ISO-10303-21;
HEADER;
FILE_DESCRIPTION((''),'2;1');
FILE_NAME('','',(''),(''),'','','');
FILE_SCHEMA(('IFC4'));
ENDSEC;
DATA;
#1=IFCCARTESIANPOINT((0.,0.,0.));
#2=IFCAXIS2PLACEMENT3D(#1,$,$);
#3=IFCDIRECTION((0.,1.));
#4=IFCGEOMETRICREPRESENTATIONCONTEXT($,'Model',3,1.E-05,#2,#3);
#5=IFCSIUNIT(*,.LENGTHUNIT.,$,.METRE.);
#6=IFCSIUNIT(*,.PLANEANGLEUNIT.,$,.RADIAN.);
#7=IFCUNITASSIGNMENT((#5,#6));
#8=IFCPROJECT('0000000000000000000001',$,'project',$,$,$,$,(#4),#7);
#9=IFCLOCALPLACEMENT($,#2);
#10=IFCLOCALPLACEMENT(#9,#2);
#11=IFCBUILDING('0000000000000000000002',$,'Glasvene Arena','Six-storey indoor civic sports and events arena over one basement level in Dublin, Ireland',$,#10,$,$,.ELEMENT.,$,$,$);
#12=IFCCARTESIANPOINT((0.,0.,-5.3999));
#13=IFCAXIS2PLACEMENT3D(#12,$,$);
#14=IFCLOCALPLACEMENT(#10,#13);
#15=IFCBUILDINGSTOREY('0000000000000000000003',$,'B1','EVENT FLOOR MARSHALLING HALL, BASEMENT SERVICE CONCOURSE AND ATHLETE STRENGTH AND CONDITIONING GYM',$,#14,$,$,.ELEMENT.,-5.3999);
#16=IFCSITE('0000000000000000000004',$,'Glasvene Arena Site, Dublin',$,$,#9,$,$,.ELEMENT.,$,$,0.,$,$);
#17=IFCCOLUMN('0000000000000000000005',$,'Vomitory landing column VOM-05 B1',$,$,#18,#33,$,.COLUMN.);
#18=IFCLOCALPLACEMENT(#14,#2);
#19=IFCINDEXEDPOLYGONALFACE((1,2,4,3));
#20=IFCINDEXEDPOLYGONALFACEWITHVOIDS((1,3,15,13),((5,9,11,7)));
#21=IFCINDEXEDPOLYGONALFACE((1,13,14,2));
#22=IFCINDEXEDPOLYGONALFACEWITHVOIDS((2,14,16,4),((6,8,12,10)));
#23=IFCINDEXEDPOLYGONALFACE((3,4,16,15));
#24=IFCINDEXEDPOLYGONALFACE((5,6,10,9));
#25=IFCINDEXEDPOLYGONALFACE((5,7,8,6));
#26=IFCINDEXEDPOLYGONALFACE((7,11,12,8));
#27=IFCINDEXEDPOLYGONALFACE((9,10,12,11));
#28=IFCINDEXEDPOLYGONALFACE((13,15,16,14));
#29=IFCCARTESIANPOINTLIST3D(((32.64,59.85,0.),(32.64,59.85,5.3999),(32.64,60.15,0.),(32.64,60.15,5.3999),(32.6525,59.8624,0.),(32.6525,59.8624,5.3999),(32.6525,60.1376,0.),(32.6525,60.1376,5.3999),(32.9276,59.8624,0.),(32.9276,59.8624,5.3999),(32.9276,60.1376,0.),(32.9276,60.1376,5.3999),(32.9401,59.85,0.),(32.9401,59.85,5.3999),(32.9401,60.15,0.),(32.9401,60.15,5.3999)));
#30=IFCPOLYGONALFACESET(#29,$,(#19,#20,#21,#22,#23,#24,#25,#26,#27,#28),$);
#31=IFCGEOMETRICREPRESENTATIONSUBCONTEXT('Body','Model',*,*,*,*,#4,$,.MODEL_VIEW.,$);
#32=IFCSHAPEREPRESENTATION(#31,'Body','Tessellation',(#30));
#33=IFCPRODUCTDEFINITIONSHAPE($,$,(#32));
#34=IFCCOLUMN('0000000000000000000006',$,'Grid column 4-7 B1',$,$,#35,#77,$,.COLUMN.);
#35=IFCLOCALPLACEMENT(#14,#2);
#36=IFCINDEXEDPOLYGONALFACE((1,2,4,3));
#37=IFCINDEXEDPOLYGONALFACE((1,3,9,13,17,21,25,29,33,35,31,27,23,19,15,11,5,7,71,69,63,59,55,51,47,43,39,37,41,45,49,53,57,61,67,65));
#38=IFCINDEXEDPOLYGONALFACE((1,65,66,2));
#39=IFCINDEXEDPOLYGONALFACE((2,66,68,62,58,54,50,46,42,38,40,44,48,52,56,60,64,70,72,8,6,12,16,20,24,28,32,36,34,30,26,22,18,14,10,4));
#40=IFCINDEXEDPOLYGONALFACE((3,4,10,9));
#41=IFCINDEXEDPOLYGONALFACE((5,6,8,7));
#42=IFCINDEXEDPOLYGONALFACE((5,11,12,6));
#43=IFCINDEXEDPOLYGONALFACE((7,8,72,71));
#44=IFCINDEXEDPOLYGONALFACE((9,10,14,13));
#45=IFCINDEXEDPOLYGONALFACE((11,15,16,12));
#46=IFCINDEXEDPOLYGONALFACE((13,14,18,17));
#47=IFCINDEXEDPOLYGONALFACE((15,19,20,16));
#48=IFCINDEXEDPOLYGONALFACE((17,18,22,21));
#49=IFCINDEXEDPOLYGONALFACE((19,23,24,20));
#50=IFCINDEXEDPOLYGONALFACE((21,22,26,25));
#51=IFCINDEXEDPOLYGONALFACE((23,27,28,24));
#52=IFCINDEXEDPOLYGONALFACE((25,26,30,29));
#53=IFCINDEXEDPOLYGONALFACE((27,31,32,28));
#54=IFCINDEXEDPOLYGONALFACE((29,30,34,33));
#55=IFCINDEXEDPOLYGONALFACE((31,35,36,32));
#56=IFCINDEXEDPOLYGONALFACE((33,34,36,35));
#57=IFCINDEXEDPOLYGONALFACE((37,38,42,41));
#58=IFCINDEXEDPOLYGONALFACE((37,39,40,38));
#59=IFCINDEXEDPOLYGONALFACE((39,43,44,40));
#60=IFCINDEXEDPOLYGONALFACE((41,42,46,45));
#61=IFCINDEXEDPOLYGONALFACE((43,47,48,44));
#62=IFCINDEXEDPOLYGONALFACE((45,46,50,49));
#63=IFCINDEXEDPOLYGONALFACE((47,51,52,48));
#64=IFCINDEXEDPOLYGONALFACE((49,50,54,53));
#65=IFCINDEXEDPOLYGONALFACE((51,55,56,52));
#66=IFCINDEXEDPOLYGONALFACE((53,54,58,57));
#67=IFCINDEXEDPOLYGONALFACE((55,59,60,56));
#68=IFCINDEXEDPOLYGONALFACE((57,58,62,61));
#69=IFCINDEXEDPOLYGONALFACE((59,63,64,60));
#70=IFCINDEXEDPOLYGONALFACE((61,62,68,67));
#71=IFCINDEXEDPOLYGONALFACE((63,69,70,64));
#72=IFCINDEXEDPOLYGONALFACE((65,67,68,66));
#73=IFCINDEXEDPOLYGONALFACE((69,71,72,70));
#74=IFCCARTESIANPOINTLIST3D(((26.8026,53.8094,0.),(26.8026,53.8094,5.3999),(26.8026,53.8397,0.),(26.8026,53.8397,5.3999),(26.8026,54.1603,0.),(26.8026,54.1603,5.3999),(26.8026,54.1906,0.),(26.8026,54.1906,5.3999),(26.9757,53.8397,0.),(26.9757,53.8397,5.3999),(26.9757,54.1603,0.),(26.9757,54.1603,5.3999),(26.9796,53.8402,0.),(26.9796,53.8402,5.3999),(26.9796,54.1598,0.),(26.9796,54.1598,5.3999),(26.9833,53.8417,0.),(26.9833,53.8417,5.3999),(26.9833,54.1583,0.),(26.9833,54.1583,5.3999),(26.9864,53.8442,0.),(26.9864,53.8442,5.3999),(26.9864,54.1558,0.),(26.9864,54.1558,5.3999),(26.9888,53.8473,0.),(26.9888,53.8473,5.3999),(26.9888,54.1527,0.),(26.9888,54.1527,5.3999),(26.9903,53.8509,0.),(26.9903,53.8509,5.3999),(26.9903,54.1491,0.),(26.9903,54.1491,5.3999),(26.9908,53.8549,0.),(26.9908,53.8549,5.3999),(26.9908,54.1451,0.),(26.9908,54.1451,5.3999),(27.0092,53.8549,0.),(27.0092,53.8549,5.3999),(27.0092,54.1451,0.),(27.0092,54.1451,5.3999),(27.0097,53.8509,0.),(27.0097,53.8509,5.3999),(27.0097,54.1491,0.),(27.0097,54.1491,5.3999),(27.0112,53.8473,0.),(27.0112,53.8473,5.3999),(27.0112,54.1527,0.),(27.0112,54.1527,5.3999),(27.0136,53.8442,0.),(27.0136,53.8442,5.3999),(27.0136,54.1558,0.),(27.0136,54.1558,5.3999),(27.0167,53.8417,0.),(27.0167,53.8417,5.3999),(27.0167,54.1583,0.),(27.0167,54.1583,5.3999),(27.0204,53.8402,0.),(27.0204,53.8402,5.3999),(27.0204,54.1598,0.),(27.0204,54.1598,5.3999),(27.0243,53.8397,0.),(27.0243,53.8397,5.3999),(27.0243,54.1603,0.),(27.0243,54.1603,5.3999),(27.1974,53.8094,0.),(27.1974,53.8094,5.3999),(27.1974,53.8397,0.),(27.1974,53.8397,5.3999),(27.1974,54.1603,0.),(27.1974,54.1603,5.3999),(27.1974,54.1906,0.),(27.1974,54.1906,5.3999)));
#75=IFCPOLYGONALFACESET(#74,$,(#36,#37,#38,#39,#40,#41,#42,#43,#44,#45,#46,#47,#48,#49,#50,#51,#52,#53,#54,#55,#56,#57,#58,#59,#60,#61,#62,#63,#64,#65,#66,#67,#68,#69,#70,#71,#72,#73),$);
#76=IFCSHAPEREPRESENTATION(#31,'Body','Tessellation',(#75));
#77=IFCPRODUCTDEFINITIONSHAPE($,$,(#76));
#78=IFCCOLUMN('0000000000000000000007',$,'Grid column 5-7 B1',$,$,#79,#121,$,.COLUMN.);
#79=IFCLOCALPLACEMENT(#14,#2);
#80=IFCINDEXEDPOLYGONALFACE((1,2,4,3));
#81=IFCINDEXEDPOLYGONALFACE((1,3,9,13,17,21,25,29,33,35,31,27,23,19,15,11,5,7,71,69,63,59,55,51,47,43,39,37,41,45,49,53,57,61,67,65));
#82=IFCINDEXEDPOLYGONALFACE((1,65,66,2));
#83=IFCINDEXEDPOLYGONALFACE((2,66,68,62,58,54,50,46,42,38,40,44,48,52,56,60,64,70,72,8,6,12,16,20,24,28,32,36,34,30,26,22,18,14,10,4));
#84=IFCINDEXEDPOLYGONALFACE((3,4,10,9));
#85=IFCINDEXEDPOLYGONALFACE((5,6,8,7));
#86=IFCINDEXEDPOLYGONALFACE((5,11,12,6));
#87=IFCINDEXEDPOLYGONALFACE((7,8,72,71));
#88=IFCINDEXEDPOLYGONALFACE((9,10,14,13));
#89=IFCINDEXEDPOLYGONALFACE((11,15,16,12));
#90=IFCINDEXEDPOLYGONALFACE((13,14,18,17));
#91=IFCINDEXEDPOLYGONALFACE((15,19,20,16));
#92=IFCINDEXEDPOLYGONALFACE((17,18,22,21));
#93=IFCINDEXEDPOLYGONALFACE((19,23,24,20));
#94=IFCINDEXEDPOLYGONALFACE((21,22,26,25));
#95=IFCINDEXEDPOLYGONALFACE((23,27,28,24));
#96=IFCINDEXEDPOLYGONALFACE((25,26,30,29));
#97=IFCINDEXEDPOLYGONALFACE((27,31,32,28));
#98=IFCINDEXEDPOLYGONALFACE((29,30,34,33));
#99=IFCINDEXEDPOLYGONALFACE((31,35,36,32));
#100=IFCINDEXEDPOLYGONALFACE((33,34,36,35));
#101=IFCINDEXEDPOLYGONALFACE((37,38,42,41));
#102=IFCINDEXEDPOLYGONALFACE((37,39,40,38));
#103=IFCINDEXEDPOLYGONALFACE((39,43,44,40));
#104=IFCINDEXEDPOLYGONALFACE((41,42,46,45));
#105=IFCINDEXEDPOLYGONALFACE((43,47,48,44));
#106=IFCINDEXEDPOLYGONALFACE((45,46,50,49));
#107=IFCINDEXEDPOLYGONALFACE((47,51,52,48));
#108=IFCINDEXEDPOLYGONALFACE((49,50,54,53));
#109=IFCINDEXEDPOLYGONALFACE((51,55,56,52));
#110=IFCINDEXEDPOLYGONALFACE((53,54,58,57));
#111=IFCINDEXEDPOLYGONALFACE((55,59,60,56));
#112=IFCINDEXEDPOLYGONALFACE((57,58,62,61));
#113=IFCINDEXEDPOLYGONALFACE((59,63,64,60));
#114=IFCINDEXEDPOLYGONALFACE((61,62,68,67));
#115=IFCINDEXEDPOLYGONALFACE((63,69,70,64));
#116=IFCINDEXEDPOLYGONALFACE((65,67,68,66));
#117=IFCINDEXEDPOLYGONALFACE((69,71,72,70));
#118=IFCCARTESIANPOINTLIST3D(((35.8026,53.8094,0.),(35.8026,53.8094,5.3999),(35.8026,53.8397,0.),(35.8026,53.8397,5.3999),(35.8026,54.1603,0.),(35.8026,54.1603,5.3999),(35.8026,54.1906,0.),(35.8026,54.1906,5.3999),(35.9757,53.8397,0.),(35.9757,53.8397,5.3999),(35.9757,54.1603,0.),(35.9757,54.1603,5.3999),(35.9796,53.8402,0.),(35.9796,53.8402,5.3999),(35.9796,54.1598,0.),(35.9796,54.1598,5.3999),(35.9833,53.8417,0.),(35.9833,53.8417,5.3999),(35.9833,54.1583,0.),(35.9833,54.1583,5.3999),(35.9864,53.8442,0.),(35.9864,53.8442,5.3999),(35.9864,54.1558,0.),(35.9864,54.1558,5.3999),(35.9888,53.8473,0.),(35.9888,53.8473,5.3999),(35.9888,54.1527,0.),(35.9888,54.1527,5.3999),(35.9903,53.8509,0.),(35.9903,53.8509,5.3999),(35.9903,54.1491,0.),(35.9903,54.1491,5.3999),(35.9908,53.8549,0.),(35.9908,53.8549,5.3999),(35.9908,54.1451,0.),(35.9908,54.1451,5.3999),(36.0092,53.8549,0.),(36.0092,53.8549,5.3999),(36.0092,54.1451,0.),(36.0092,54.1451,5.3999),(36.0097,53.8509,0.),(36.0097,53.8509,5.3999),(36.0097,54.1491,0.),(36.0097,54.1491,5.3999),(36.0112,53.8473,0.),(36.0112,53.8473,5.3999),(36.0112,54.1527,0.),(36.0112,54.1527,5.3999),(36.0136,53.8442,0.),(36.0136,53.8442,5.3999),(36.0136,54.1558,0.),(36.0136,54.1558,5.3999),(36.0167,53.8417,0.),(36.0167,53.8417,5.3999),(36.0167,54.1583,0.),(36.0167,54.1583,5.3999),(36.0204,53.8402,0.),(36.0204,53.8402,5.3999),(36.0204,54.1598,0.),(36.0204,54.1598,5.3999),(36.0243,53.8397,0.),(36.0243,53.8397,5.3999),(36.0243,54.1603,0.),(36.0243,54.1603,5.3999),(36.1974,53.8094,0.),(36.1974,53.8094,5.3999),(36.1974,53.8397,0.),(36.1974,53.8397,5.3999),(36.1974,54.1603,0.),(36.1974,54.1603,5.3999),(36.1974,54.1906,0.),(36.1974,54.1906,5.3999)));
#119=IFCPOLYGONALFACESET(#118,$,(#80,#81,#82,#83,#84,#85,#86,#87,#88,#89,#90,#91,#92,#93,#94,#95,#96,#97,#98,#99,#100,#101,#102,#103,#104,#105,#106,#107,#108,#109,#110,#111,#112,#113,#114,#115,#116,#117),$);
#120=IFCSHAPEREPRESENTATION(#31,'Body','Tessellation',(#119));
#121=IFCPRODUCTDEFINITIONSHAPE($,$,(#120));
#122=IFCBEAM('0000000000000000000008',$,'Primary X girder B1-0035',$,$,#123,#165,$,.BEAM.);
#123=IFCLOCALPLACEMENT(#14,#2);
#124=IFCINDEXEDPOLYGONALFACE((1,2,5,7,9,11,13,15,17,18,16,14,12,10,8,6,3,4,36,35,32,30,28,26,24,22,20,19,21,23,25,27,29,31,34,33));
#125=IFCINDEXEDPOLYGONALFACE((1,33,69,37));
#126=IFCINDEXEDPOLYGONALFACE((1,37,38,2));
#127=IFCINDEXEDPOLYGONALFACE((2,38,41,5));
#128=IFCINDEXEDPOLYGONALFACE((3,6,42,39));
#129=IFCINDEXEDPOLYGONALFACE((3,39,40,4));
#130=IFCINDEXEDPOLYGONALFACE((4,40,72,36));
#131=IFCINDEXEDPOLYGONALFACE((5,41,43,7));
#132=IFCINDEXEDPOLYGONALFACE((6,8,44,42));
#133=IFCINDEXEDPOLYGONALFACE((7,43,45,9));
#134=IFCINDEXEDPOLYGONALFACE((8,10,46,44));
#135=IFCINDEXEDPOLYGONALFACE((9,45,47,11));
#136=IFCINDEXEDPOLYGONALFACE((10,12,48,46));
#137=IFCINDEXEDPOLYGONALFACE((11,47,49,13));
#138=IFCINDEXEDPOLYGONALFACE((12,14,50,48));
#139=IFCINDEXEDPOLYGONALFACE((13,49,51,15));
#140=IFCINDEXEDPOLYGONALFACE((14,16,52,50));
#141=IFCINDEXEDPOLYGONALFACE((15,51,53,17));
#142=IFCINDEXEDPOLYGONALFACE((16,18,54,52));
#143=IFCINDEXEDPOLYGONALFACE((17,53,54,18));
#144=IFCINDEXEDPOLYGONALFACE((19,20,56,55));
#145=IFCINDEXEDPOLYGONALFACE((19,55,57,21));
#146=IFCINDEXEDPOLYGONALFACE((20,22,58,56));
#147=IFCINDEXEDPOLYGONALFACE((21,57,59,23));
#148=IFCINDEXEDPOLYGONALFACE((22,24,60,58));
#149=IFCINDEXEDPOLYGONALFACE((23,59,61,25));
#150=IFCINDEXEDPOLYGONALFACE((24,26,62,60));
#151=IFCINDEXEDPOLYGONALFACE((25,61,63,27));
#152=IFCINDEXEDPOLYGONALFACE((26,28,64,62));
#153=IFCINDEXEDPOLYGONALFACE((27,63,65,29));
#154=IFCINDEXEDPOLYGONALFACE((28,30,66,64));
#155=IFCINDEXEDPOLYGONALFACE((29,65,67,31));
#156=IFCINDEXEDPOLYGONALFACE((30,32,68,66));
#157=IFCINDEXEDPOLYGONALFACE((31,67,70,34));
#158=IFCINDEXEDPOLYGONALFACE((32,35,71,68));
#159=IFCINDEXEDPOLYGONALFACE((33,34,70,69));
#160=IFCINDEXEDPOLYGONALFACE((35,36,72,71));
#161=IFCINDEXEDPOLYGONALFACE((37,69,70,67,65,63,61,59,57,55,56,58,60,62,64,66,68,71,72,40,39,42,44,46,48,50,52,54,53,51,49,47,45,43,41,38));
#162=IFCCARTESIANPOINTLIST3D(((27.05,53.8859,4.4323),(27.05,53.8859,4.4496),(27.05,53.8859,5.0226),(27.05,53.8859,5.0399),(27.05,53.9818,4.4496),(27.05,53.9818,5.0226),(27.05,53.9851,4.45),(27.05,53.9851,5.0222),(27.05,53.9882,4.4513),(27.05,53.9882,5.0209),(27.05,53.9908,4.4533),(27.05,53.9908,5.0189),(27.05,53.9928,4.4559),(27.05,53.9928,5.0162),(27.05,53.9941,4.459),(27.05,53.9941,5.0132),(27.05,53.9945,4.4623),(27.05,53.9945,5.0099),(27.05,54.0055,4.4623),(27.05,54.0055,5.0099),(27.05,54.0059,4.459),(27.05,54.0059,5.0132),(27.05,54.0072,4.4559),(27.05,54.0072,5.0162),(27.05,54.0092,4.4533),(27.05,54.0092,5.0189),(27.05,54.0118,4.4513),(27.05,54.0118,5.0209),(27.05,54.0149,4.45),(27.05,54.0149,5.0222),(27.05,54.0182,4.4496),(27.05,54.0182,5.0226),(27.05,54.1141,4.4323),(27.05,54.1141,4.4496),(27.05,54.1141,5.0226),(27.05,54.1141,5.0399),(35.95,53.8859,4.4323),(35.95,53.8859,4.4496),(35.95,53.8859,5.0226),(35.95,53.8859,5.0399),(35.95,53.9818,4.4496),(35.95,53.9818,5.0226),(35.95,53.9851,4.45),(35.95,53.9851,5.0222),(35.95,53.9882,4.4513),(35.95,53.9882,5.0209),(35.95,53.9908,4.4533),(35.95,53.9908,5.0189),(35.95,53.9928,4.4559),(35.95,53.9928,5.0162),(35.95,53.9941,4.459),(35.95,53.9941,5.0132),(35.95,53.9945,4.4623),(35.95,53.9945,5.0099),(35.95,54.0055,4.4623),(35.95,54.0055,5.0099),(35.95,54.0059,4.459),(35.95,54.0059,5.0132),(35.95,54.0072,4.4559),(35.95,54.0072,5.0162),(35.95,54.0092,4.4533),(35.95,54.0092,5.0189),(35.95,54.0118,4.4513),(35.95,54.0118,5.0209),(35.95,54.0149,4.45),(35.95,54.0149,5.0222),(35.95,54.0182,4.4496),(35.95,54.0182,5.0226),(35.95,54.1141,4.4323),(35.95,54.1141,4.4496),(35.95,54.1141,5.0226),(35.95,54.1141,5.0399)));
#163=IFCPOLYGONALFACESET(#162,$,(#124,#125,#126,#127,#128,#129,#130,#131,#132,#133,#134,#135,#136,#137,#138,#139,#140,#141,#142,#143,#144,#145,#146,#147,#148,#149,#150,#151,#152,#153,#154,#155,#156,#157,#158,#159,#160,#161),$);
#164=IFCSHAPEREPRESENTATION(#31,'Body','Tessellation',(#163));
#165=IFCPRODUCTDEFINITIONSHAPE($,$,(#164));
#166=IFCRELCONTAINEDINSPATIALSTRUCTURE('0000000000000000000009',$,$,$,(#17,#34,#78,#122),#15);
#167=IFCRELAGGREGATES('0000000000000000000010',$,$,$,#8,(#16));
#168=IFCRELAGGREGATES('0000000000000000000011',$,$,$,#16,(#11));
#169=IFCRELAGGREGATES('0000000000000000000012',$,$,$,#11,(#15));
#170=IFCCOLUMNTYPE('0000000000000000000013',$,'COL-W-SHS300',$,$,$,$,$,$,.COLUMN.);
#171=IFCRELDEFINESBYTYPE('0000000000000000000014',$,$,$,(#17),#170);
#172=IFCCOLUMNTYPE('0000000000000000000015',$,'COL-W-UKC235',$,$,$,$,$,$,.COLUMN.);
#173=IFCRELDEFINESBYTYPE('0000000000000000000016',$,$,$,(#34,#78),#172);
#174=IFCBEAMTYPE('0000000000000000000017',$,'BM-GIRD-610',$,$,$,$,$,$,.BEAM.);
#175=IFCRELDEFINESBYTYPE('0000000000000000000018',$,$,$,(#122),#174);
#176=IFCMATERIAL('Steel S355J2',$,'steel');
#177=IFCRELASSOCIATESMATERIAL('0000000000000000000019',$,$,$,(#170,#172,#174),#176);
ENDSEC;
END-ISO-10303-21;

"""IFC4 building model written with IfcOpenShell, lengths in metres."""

from ifc_helpers import new_model, si_unit, direction, frame, origin, origin_2d, place, context, subcontext, project, spatial, hollow_rectangle, i_section, extrude, material, material_profile, profile_set, type_object, element, save


model = new_model("IFC4")

# Units and contexts
model_context = context("Model", 3, precision=1e-05, world=origin(), true_north=direction((0.0, 1.0)))
body_context = subcontext(model_context, "Body", "Model", "MODEL_VIEW")
ifc_project = project(units=[si_unit("LENGTHUNIT", "METRE"), si_unit("PLANEANGLEUNIT", "RADIAN")], contexts=[model_context])

# Site, building, storey
site_placement = place(None, origin())
site = spatial("IfcSite", under=ifc_project, at=site_placement, Name="Glasvene Arena Site, Dublin", CompositionType="ELEMENT", RefElevation=0.0)
building_placement = place(site_placement, origin())
building = spatial("IfcBuilding", under=site, at=building_placement, Name="Glasvene Arena", Description="Six-storey indoor civic sports and events arena over one basement level in Dublin, Ireland", CompositionType="ELEMENT")
storey_placement = place(building_placement, frame((0.0, 0.0, -5.3999)))
storey = spatial("IfcBuildingStorey", under=building, at=storey_placement, Name="B1", Description="EVENT FLOOR MARSHALLING HALL, BASEMENT SERVICE CONCOURSE AND ATHLETE STRENGTH AND CONDITIONING GYM", CompositionType="ELEMENT", Elevation=-5.3999)

# Columns
ifc_material_1 = material(Name="Steel S355J2", Category="steel")
ifc_material_profile_1 = material_profile(ifc_material_1, hollow_rectangle(XDim=0.3, YDim=0.3, WallThickness=0.0125, at=origin_2d()), Name="SHS 300x300x12.5")
ifc_profile_set_1 = profile_set([ifc_material_profile_1], Name="Steel S355J2")
column_type_1 = type_object("IfcColumnType", Name="COL-W-SHS300", PredefinedType="COLUMN", material=ifc_profile_set_1)
for number, where, z_axis, x_axis, name in (
    (1, (32.79, 60.0, 0.0), (0.0, 0.0, 1.0), (1.0, 0.0, 0.0), "Vomitory landing column VOM-05 B1"),
):
    element("IfcColumn", number, at=place(storey_placement, frame(where, z_axis=z_axis, x_axis=x_axis)), inside=storey, type_object=column_type_1, Name=name, PredefinedType="COLUMN", context=body_context, shape_type="SweptSolid", body=[
        extrude(hollow_rectangle(XDim=0.3, YDim=0.3, WallThickness=0.0125, at=origin_2d()), origin(), (0.0, 0.0, 1.0), 5.3999),
    ])
ifc_material_profile_2 = material_profile(ifc_material_1, i_section(OverallWidth=0.3948, OverallDepth=0.3811, WebThickness=0.0183, FlangeThickness=0.0303, FilletRadius=0.0151, at=origin_2d()), Name="UKC 356x406x235")
ifc_profile_set_2 = profile_set([ifc_material_profile_2], Name="Steel S355J2")
column_type_2 = type_object("IfcColumnType", Name="COL-W-UKC235", PredefinedType="COLUMN", material=ifc_profile_set_2)
for number, where, z_axis, x_axis, name in (
    (2, (27.0, 54.0, 0.0), (0.0, 0.0, 1.0), (1.0, 0.0, 0.0), "Grid column 4-7 B1"),
    (3, (36.0, 54.0, 0.0), (0.0, 0.0, 1.0), (1.0, 0.0, 0.0), "Grid column 5-7 B1"),
):
    element("IfcColumn", number, at=place(storey_placement, frame(where, z_axis=z_axis, x_axis=x_axis)), inside=storey, type_object=column_type_2, Name=name, PredefinedType="COLUMN", context=body_context, shape_type="SweptSolid", body=[
        extrude(i_section(OverallWidth=0.3948, OverallDepth=0.3811, WebThickness=0.0183, FlangeThickness=0.0303, FilletRadius=0.0151, at=origin_2d()), origin(), (0.0, 0.0, 1.0), 5.3999),
    ])

# Beam
ifc_material_profile_3 = material_profile(ifc_material_1, i_section(OverallWidth=0.2283, OverallDepth=0.6077, WebThickness=0.011, FlangeThickness=0.0173, FilletRadius=0.0127, at=origin_2d()), Name="UKB 610x229x113")
ifc_profile_set_3 = profile_set([ifc_material_profile_3], Name="Steel S355J2")
beam_type = type_object("IfcBeamType", Name="BM-GIRD-610", PredefinedType="BEAM", material=ifc_profile_set_3)
beam_placement = place(storey_placement, frame((27.05, 54.0, 4.7361), z_axis=(1.0, 0.0, 0.0), x_axis=(0.0, 1.0, 0.0)))
element("IfcBeam", 4, at=beam_placement, inside=storey, type_object=beam_type, Name="Primary X girder B1-0035", PredefinedType="BEAM", context=body_context, shape_type="SweptSolid", body=[
    extrude(i_section(OverallWidth=0.2283, OverallDepth=0.6077, WebThickness=0.011, FlangeThickness=0.0173, FilletRadius=0.0127, at=origin_2d()), origin(), (0.0, 0.0, 1.0), 8.8999),
])

save(model, "model.ifc")
